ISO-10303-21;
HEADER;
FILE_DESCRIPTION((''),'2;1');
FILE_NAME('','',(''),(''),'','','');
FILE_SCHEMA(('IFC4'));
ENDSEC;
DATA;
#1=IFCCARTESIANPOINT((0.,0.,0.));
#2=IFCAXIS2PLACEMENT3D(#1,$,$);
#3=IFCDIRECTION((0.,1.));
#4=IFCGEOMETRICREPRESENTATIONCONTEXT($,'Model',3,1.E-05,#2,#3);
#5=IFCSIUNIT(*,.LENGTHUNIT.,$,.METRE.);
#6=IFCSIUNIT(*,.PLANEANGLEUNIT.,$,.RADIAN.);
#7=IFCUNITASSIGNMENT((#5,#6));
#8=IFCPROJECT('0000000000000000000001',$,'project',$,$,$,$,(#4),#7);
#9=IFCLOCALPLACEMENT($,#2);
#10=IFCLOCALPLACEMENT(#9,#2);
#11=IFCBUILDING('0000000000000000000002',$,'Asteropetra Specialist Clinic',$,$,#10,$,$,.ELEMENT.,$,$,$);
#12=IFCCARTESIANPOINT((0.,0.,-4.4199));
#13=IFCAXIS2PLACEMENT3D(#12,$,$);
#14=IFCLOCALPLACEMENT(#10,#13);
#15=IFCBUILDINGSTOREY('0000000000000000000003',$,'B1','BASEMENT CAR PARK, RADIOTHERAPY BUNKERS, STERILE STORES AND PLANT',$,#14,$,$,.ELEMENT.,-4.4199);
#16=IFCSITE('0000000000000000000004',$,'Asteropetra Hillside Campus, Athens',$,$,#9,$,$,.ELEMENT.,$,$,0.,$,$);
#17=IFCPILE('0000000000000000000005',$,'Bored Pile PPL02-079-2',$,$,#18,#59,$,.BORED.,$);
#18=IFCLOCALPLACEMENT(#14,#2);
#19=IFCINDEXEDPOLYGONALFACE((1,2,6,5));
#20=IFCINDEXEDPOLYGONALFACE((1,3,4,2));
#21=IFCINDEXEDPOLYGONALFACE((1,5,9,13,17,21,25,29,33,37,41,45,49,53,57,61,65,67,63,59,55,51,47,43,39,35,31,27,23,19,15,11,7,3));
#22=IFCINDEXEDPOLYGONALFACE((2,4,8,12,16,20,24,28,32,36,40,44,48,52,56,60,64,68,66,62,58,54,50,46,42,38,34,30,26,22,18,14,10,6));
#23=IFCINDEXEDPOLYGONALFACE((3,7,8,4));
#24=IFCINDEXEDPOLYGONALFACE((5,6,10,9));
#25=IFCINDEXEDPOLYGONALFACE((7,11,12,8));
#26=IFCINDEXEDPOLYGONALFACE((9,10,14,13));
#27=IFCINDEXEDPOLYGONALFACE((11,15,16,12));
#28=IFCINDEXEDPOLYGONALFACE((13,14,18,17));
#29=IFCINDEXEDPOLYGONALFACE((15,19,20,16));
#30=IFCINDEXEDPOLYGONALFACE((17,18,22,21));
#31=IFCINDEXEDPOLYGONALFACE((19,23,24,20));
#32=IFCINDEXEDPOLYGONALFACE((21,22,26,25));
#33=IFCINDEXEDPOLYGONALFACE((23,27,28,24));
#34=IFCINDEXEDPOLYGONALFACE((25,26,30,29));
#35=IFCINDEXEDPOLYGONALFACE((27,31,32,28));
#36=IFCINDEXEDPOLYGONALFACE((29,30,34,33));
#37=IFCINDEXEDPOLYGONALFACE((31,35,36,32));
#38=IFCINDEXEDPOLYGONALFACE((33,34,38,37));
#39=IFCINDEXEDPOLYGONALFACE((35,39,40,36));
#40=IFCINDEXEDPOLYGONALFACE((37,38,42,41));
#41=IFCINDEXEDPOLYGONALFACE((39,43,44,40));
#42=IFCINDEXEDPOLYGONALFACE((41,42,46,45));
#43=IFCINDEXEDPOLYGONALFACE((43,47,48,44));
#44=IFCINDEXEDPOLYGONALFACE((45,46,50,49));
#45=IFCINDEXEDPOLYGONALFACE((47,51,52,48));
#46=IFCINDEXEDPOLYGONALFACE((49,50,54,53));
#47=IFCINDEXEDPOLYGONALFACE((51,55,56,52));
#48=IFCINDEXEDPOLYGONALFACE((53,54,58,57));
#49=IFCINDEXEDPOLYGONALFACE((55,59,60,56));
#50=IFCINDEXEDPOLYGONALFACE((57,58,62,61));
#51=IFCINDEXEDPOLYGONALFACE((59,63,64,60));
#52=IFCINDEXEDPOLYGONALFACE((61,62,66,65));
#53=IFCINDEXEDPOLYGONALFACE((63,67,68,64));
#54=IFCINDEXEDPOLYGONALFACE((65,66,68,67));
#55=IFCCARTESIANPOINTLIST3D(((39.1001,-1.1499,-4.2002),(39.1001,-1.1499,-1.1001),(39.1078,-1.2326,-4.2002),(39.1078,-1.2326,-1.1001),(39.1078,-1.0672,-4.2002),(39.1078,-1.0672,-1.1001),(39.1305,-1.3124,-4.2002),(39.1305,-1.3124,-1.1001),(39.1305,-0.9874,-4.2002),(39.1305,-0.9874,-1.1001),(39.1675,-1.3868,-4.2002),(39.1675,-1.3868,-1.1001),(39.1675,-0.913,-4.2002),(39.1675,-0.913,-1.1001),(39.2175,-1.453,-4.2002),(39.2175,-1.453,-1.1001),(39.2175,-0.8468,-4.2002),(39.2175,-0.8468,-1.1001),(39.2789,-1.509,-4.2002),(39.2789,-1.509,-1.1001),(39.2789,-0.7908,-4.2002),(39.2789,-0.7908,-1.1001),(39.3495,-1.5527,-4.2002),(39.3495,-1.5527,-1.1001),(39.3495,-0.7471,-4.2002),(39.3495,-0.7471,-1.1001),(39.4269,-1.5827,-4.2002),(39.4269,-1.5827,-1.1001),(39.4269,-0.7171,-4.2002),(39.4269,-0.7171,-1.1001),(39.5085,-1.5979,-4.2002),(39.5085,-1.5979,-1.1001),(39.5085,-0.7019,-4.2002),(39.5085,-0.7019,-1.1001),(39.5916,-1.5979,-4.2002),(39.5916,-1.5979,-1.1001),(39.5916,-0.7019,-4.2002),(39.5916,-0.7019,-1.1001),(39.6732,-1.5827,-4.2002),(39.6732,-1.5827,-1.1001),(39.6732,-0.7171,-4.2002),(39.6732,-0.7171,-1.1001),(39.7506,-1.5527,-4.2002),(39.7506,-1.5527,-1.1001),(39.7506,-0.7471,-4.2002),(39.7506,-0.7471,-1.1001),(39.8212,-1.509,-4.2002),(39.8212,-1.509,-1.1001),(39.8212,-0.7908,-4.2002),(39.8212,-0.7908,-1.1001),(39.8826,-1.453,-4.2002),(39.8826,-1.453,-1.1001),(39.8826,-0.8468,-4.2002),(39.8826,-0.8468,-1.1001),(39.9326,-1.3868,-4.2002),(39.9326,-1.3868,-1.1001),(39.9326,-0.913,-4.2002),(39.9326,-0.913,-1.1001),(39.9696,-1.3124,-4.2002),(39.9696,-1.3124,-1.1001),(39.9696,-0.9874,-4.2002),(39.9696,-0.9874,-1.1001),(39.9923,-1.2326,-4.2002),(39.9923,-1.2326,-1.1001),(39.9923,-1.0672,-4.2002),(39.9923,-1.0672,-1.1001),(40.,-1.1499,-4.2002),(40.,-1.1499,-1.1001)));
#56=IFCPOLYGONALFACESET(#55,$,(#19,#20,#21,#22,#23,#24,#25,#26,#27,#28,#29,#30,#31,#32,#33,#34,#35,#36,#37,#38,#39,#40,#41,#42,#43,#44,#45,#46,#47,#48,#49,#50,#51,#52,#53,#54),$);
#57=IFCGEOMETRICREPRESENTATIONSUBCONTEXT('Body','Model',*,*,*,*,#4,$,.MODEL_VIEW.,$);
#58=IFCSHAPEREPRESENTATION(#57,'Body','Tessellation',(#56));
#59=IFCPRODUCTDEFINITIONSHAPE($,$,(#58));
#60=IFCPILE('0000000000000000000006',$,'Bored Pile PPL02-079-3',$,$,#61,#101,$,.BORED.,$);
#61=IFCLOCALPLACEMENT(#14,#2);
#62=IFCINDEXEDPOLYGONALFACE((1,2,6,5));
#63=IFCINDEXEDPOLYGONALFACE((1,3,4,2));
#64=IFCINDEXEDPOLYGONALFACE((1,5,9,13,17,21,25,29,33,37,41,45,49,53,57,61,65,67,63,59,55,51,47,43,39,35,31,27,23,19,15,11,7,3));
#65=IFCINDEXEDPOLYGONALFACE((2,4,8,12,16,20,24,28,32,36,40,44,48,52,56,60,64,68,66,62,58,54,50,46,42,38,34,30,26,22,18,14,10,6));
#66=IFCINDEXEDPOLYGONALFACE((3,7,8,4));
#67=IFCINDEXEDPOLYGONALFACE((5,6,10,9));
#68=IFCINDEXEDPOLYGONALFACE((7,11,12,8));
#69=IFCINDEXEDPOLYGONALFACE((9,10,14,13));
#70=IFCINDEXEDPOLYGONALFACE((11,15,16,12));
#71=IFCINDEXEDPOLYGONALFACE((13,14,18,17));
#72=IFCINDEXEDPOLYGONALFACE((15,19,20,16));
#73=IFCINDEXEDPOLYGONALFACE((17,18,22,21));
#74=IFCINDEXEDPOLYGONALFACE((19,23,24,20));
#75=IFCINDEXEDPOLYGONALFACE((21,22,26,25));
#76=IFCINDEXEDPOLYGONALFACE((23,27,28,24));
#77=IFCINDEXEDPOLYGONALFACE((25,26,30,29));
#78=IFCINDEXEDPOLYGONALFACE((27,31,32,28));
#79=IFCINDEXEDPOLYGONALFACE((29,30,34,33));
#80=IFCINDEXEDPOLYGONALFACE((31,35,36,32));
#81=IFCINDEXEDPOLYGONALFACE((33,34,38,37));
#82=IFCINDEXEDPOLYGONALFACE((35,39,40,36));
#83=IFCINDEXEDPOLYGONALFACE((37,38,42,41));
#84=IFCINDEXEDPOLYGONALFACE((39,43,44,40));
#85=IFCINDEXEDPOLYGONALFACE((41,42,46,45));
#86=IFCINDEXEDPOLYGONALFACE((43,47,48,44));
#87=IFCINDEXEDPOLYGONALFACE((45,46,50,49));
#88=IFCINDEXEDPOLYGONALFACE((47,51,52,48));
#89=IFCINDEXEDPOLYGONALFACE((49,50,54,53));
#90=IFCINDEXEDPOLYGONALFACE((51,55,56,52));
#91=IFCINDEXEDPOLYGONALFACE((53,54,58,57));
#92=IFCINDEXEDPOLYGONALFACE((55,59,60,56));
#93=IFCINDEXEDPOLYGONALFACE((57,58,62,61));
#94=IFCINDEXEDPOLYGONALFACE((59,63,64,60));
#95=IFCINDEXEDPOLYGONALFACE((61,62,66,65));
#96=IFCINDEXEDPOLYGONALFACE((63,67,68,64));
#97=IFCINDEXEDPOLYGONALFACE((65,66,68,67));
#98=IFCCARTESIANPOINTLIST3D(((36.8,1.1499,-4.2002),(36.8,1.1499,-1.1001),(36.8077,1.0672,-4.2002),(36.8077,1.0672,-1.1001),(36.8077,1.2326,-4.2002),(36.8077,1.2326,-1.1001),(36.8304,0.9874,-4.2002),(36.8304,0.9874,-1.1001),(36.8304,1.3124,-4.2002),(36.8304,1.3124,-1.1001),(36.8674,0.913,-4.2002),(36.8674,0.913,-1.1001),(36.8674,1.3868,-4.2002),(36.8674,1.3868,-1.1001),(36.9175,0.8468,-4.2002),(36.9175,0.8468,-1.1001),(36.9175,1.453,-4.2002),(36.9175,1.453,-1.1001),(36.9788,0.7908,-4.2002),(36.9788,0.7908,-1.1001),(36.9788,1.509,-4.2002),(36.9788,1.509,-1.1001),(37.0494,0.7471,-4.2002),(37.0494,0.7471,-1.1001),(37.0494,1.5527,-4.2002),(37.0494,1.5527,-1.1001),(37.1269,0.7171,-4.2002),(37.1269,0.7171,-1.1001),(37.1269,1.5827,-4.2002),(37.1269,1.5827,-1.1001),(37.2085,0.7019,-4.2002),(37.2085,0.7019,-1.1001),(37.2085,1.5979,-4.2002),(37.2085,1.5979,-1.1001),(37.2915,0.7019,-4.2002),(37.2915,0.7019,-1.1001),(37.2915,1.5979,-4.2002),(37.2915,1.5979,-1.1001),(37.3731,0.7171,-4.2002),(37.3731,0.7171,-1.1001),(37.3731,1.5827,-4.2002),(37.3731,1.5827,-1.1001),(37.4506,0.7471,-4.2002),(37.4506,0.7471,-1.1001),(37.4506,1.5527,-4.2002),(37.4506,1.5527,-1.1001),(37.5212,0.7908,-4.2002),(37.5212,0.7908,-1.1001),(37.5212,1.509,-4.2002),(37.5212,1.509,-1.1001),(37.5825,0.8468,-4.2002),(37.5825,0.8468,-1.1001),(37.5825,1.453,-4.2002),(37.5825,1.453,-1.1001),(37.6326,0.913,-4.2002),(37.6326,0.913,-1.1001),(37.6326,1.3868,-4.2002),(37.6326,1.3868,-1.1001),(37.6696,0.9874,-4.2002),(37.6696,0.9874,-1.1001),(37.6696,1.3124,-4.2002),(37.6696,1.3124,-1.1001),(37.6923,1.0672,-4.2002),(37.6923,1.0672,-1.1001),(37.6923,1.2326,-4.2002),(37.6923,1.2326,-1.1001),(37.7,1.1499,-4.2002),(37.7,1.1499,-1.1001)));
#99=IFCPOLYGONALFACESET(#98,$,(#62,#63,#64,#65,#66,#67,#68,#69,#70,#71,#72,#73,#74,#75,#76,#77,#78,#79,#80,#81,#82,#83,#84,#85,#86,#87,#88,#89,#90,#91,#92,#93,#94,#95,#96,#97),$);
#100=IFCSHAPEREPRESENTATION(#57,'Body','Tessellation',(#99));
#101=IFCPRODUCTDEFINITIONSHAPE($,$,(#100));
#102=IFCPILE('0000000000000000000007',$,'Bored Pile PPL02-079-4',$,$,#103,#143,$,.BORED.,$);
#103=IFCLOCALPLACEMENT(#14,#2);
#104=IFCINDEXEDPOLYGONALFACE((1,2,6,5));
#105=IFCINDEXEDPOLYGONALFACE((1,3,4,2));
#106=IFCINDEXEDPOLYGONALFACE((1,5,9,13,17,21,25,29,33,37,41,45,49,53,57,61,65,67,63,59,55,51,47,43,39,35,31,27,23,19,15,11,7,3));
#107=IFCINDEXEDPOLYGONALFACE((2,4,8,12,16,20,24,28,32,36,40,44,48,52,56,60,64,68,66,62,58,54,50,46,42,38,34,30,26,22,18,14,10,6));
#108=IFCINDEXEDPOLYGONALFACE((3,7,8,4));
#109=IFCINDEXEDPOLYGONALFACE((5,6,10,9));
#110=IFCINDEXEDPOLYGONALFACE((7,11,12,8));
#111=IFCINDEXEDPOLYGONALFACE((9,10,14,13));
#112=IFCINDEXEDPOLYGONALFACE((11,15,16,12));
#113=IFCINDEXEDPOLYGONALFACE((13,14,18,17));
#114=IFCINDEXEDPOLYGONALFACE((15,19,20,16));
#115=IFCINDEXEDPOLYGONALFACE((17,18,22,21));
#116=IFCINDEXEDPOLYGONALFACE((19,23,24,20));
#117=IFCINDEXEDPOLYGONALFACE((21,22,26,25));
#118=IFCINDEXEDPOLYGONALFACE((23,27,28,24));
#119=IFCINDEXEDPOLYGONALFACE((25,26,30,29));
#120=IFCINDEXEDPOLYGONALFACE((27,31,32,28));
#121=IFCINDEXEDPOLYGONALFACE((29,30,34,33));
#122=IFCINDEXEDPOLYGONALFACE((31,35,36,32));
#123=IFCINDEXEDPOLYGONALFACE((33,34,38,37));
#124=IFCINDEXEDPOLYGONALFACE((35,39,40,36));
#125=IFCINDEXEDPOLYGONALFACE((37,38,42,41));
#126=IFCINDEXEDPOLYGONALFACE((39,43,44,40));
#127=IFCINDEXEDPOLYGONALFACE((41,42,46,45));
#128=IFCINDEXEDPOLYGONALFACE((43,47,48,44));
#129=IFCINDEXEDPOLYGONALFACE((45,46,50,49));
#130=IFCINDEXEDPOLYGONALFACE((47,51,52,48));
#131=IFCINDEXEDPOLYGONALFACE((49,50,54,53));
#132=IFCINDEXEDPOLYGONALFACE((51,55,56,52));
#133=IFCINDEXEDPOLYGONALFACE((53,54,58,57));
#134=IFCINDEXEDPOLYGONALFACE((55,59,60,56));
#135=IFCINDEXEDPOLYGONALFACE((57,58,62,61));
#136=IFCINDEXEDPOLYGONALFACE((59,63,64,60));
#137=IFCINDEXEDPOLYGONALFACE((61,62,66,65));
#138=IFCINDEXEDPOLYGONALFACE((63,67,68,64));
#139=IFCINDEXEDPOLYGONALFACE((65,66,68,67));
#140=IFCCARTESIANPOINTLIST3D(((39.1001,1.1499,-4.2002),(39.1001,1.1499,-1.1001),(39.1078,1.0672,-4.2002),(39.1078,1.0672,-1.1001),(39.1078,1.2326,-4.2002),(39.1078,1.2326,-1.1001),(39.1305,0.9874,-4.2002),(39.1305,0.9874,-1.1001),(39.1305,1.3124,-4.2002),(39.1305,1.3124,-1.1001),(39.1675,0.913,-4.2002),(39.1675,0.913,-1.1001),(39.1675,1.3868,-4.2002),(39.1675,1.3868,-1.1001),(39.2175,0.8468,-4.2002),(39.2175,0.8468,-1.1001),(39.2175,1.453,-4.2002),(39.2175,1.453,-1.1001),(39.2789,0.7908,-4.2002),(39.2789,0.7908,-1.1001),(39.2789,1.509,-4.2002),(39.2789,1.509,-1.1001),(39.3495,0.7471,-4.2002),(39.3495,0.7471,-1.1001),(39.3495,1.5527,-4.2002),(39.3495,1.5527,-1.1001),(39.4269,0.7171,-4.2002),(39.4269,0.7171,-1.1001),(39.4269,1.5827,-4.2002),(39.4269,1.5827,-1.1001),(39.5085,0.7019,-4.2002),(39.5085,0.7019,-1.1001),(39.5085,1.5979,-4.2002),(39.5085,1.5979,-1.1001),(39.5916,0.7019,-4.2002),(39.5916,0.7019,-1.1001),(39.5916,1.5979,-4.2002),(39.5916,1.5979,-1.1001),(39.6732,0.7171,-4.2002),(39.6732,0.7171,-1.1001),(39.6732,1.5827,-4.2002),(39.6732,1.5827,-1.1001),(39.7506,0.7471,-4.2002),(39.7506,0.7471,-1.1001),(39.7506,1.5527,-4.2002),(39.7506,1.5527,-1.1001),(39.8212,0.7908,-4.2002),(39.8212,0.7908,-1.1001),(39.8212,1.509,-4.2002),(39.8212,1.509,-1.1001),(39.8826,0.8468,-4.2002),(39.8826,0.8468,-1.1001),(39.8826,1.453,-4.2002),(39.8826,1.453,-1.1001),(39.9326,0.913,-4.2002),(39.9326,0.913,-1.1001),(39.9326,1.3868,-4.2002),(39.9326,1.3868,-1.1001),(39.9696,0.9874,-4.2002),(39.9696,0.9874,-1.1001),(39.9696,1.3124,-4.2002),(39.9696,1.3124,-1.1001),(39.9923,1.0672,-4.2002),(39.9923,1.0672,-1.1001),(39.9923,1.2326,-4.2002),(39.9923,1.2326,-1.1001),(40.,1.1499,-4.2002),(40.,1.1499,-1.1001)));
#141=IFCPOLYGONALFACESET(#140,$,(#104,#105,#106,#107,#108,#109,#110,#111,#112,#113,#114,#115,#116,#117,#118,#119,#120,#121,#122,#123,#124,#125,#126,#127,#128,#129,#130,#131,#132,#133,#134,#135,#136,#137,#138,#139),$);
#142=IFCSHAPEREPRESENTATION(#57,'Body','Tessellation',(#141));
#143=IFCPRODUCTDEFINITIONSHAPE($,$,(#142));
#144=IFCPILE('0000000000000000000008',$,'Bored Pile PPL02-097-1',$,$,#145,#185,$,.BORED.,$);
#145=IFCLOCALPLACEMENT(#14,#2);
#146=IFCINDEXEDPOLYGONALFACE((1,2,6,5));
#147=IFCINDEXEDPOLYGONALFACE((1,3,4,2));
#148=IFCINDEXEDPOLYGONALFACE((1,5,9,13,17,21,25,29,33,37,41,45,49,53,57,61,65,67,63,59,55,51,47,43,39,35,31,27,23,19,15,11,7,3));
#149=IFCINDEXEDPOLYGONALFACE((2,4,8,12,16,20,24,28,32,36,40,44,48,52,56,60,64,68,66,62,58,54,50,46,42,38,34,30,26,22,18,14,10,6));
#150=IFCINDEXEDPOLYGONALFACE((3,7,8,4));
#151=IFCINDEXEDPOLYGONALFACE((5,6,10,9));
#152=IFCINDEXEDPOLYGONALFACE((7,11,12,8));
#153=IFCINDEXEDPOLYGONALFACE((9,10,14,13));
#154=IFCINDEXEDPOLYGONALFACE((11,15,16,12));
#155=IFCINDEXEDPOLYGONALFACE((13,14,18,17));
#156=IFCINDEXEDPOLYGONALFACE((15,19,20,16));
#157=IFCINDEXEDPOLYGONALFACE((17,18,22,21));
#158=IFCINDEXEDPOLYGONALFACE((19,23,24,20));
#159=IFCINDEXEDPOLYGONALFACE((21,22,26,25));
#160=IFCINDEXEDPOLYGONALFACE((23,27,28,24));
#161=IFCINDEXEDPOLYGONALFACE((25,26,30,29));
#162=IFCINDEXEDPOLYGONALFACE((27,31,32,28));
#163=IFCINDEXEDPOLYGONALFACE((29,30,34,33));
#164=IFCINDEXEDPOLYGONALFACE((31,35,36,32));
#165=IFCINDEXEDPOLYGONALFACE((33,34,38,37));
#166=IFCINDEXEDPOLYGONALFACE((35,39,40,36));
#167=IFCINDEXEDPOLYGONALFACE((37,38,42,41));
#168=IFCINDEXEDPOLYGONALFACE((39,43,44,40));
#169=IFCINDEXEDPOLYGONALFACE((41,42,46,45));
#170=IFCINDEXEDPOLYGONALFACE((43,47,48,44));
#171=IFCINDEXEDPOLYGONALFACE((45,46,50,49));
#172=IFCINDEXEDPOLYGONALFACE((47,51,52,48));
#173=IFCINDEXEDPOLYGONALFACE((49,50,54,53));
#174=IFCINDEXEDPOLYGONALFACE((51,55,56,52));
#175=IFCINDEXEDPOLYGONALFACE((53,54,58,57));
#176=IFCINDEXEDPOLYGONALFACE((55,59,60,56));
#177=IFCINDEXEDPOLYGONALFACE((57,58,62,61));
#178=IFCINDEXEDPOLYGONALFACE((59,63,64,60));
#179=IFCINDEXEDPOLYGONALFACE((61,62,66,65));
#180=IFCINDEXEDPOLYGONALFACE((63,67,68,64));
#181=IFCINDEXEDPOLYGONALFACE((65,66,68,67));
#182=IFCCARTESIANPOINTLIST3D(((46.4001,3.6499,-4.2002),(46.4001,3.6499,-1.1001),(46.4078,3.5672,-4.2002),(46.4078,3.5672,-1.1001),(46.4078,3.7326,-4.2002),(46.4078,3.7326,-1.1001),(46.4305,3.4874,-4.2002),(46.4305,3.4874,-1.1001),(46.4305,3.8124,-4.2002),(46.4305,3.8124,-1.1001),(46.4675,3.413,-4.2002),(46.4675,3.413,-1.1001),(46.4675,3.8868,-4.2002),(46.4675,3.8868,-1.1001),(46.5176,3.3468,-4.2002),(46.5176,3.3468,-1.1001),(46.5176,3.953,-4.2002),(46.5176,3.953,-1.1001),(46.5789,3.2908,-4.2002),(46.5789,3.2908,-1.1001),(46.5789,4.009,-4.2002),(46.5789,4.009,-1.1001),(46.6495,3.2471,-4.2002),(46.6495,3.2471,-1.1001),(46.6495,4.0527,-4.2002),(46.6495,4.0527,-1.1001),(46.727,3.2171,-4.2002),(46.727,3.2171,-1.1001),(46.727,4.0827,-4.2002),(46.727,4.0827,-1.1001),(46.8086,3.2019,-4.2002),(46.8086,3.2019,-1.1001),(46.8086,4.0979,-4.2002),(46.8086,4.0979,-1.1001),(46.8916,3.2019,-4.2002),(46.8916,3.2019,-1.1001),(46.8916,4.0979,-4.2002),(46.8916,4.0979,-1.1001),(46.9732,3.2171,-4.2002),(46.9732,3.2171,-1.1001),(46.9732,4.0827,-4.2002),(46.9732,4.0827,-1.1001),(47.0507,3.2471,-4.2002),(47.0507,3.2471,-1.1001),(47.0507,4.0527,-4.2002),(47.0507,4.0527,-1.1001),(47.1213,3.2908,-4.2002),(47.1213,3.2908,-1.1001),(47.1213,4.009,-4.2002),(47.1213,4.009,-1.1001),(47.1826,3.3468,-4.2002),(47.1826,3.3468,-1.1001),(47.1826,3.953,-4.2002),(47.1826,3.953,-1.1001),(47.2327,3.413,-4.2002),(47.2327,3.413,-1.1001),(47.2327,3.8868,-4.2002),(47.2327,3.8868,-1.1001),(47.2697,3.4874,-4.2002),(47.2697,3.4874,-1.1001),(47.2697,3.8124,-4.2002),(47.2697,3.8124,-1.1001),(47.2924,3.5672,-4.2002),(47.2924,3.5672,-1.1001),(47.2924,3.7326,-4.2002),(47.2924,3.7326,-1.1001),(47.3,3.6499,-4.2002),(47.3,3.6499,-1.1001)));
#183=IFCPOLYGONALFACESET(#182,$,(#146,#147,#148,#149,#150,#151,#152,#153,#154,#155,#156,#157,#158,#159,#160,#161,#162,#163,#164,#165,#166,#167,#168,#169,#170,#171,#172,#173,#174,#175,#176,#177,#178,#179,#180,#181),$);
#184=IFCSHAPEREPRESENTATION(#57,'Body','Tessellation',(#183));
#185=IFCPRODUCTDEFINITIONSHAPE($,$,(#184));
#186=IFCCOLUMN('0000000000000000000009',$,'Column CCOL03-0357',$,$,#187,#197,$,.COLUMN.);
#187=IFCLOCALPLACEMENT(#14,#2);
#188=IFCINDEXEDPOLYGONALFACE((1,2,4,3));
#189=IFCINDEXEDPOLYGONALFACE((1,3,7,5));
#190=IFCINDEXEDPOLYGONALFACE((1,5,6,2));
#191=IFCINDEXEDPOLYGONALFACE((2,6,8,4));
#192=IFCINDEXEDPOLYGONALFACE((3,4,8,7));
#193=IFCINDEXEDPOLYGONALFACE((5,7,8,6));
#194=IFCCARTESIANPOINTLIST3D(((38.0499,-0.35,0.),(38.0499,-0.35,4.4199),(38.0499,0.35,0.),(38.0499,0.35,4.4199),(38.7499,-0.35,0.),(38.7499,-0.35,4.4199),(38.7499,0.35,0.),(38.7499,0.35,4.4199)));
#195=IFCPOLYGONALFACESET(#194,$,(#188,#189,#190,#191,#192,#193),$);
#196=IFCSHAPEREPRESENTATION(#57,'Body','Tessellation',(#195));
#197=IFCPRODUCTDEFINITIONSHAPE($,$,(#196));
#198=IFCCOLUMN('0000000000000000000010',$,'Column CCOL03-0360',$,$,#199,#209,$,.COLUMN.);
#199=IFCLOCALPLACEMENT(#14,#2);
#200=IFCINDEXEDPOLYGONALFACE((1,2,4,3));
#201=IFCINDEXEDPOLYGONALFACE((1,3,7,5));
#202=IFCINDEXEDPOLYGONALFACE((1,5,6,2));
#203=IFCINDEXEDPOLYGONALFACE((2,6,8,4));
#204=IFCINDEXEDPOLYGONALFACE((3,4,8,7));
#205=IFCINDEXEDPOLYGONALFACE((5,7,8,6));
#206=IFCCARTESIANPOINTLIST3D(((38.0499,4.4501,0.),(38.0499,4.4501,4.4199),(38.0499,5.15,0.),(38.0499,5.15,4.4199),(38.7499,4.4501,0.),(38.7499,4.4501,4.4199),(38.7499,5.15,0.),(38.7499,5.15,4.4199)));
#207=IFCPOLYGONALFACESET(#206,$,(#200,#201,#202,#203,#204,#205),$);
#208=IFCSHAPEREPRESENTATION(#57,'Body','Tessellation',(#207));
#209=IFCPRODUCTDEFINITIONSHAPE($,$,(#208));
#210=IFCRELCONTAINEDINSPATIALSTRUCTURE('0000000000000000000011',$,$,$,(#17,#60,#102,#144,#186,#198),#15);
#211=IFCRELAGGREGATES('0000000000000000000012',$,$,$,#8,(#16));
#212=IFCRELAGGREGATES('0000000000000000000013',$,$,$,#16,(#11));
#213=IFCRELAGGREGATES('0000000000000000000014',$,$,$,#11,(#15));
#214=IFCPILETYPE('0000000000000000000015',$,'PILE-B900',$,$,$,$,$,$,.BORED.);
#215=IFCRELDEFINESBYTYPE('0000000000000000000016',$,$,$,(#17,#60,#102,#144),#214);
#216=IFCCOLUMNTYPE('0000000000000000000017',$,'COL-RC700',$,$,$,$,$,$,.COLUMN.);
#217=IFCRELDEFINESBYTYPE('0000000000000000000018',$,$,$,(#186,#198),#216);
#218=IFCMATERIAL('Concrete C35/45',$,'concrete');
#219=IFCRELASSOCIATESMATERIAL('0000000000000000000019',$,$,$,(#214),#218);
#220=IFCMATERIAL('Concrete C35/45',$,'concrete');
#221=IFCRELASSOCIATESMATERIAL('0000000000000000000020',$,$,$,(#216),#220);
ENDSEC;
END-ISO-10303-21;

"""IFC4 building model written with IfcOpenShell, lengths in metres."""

from ifc_helpers import new_model, si_unit, direction, frame, origin, origin_2d, place, context, subcontext, project, spatial, rectangle, circle, extrude, material, material_profile, profile_set, type_object, element, save


model = new_model("IFC4")

# Units and contexts
model_context = context("Model", 3, precision=1e-05, world=origin(), true_north=direction((0.0, 1.0)))
body_context = subcontext(model_context, "Body", "Model", "MODEL_VIEW")
ifc_project = project(units=[si_unit("LENGTHUNIT", "METRE"), si_unit("PLANEANGLEUNIT", "RADIAN")], contexts=[model_context])

# Site, building, storey
site_placement = place(None, origin())
site = spatial("IfcSite", under=ifc_project, at=site_placement, Name="Asteropetra Hillside Campus, Athens", CompositionType="ELEMENT", RefElevation=0.0)
building_placement = place(site_placement, origin())
building = spatial("IfcBuilding", under=site, at=building_placement, Name="Asteropetra Specialist Clinic", CompositionType="ELEMENT")
storey_placement = place(building_placement, frame((0.0, 0.0, -4.4199)))
storey = spatial("IfcBuildingStorey", under=building, at=storey_placement, Name="B1", Description="BASEMENT CAR PARK, RADIOTHERAPY BUNKERS, STERILE STORES AND PLANT", CompositionType="ELEMENT", Elevation=-4.4199)

# Piles
ifc_material_1 = material(Name="Concrete C35/45", Category="concrete")
ifc_material_profile_1 = material_profile(ifc_material_1, circle(Radius=0.45, at=origin_2d()), Name="PILE D900")
ifc_profile_set_1 = profile_set([ifc_material_profile_1], Name="Concrete C35/45")
pile_type_1 = type_object("IfcPileType", Name="PILE-B900", PredefinedType="BORED", material=ifc_profile_set_1)
for number, where, z_axis, x_axis, name in (
    (1, (39.55, -1.1499, -1.1001), (0.0, 0.0, -1.0), (1.0, 0.0, 0.0), "Bored Pile PPL02-079-2"),
    (2, (37.25, 1.1499, -1.1001), (0.0, 0.0, -1.0), (1.0, 0.0, 0.0), "Bored Pile PPL02-079-3"),
    (3, (39.55, 1.1499, -1.1001), (0.0, 0.0, -1.0), (1.0, 0.0, 0.0), "Bored Pile PPL02-079-4"),
    (4, (46.8501, 3.6499, -1.1001), (0.0, 0.0, -1.0), (1.0, 0.0, 0.0), "Bored Pile PPL02-097-1"),
):
    element("IfcPile", number, at=place(storey_placement, frame(where, z_axis=z_axis, x_axis=x_axis)), inside=storey, type_object=pile_type_1, Name=name, PredefinedType="BORED", context=body_context, shape_type="SweptSolid", body=[
        extrude(circle(Radius=0.45, at=origin_2d()), origin(), (0.0, 0.0, 1.0), 3.1001),
    ])

# Columns
ifc_material_2 = material(Name="Concrete C35/45", Category="concrete")
ifc_material_profile_2 = material_profile(ifc_material_2, rectangle(XDim=0.7, YDim=0.7, at=origin_2d()), Name="RC 700x700")
ifc_profile_set_2 = profile_set([ifc_material_profile_2], Name="Concrete C35/45")
column_type = type_object("IfcColumnType", Name="COL-RC700", PredefinedType="COLUMN", material=ifc_profile_set_2)
for number, where, z_axis, x_axis, name in (
    (5, (38.3999, 0.0, 0.0), (0.0, 0.0, 1.0), (1.0, 0.0, 0.0), "Column CCOL03-0357"),
    (6, (38.3999, 4.8, 0.0), (0.0, 0.0, 1.0), (1.0, 0.0, 0.0), "Column CCOL03-0360"),
):
    element("IfcColumn", number, at=place(storey_placement, frame(where, z_axis=z_axis, x_axis=x_axis)), inside=storey, type_object=column_type, Name=name, PredefinedType="COLUMN", context=body_context, shape_type="SweptSolid", body=[
        extrude(rectangle(XDim=0.7, YDim=0.7, at=origin_2d()), origin(), (0.0, 0.0, 1.0), 4.4199),
    ])

save(model, "model.ifc")
